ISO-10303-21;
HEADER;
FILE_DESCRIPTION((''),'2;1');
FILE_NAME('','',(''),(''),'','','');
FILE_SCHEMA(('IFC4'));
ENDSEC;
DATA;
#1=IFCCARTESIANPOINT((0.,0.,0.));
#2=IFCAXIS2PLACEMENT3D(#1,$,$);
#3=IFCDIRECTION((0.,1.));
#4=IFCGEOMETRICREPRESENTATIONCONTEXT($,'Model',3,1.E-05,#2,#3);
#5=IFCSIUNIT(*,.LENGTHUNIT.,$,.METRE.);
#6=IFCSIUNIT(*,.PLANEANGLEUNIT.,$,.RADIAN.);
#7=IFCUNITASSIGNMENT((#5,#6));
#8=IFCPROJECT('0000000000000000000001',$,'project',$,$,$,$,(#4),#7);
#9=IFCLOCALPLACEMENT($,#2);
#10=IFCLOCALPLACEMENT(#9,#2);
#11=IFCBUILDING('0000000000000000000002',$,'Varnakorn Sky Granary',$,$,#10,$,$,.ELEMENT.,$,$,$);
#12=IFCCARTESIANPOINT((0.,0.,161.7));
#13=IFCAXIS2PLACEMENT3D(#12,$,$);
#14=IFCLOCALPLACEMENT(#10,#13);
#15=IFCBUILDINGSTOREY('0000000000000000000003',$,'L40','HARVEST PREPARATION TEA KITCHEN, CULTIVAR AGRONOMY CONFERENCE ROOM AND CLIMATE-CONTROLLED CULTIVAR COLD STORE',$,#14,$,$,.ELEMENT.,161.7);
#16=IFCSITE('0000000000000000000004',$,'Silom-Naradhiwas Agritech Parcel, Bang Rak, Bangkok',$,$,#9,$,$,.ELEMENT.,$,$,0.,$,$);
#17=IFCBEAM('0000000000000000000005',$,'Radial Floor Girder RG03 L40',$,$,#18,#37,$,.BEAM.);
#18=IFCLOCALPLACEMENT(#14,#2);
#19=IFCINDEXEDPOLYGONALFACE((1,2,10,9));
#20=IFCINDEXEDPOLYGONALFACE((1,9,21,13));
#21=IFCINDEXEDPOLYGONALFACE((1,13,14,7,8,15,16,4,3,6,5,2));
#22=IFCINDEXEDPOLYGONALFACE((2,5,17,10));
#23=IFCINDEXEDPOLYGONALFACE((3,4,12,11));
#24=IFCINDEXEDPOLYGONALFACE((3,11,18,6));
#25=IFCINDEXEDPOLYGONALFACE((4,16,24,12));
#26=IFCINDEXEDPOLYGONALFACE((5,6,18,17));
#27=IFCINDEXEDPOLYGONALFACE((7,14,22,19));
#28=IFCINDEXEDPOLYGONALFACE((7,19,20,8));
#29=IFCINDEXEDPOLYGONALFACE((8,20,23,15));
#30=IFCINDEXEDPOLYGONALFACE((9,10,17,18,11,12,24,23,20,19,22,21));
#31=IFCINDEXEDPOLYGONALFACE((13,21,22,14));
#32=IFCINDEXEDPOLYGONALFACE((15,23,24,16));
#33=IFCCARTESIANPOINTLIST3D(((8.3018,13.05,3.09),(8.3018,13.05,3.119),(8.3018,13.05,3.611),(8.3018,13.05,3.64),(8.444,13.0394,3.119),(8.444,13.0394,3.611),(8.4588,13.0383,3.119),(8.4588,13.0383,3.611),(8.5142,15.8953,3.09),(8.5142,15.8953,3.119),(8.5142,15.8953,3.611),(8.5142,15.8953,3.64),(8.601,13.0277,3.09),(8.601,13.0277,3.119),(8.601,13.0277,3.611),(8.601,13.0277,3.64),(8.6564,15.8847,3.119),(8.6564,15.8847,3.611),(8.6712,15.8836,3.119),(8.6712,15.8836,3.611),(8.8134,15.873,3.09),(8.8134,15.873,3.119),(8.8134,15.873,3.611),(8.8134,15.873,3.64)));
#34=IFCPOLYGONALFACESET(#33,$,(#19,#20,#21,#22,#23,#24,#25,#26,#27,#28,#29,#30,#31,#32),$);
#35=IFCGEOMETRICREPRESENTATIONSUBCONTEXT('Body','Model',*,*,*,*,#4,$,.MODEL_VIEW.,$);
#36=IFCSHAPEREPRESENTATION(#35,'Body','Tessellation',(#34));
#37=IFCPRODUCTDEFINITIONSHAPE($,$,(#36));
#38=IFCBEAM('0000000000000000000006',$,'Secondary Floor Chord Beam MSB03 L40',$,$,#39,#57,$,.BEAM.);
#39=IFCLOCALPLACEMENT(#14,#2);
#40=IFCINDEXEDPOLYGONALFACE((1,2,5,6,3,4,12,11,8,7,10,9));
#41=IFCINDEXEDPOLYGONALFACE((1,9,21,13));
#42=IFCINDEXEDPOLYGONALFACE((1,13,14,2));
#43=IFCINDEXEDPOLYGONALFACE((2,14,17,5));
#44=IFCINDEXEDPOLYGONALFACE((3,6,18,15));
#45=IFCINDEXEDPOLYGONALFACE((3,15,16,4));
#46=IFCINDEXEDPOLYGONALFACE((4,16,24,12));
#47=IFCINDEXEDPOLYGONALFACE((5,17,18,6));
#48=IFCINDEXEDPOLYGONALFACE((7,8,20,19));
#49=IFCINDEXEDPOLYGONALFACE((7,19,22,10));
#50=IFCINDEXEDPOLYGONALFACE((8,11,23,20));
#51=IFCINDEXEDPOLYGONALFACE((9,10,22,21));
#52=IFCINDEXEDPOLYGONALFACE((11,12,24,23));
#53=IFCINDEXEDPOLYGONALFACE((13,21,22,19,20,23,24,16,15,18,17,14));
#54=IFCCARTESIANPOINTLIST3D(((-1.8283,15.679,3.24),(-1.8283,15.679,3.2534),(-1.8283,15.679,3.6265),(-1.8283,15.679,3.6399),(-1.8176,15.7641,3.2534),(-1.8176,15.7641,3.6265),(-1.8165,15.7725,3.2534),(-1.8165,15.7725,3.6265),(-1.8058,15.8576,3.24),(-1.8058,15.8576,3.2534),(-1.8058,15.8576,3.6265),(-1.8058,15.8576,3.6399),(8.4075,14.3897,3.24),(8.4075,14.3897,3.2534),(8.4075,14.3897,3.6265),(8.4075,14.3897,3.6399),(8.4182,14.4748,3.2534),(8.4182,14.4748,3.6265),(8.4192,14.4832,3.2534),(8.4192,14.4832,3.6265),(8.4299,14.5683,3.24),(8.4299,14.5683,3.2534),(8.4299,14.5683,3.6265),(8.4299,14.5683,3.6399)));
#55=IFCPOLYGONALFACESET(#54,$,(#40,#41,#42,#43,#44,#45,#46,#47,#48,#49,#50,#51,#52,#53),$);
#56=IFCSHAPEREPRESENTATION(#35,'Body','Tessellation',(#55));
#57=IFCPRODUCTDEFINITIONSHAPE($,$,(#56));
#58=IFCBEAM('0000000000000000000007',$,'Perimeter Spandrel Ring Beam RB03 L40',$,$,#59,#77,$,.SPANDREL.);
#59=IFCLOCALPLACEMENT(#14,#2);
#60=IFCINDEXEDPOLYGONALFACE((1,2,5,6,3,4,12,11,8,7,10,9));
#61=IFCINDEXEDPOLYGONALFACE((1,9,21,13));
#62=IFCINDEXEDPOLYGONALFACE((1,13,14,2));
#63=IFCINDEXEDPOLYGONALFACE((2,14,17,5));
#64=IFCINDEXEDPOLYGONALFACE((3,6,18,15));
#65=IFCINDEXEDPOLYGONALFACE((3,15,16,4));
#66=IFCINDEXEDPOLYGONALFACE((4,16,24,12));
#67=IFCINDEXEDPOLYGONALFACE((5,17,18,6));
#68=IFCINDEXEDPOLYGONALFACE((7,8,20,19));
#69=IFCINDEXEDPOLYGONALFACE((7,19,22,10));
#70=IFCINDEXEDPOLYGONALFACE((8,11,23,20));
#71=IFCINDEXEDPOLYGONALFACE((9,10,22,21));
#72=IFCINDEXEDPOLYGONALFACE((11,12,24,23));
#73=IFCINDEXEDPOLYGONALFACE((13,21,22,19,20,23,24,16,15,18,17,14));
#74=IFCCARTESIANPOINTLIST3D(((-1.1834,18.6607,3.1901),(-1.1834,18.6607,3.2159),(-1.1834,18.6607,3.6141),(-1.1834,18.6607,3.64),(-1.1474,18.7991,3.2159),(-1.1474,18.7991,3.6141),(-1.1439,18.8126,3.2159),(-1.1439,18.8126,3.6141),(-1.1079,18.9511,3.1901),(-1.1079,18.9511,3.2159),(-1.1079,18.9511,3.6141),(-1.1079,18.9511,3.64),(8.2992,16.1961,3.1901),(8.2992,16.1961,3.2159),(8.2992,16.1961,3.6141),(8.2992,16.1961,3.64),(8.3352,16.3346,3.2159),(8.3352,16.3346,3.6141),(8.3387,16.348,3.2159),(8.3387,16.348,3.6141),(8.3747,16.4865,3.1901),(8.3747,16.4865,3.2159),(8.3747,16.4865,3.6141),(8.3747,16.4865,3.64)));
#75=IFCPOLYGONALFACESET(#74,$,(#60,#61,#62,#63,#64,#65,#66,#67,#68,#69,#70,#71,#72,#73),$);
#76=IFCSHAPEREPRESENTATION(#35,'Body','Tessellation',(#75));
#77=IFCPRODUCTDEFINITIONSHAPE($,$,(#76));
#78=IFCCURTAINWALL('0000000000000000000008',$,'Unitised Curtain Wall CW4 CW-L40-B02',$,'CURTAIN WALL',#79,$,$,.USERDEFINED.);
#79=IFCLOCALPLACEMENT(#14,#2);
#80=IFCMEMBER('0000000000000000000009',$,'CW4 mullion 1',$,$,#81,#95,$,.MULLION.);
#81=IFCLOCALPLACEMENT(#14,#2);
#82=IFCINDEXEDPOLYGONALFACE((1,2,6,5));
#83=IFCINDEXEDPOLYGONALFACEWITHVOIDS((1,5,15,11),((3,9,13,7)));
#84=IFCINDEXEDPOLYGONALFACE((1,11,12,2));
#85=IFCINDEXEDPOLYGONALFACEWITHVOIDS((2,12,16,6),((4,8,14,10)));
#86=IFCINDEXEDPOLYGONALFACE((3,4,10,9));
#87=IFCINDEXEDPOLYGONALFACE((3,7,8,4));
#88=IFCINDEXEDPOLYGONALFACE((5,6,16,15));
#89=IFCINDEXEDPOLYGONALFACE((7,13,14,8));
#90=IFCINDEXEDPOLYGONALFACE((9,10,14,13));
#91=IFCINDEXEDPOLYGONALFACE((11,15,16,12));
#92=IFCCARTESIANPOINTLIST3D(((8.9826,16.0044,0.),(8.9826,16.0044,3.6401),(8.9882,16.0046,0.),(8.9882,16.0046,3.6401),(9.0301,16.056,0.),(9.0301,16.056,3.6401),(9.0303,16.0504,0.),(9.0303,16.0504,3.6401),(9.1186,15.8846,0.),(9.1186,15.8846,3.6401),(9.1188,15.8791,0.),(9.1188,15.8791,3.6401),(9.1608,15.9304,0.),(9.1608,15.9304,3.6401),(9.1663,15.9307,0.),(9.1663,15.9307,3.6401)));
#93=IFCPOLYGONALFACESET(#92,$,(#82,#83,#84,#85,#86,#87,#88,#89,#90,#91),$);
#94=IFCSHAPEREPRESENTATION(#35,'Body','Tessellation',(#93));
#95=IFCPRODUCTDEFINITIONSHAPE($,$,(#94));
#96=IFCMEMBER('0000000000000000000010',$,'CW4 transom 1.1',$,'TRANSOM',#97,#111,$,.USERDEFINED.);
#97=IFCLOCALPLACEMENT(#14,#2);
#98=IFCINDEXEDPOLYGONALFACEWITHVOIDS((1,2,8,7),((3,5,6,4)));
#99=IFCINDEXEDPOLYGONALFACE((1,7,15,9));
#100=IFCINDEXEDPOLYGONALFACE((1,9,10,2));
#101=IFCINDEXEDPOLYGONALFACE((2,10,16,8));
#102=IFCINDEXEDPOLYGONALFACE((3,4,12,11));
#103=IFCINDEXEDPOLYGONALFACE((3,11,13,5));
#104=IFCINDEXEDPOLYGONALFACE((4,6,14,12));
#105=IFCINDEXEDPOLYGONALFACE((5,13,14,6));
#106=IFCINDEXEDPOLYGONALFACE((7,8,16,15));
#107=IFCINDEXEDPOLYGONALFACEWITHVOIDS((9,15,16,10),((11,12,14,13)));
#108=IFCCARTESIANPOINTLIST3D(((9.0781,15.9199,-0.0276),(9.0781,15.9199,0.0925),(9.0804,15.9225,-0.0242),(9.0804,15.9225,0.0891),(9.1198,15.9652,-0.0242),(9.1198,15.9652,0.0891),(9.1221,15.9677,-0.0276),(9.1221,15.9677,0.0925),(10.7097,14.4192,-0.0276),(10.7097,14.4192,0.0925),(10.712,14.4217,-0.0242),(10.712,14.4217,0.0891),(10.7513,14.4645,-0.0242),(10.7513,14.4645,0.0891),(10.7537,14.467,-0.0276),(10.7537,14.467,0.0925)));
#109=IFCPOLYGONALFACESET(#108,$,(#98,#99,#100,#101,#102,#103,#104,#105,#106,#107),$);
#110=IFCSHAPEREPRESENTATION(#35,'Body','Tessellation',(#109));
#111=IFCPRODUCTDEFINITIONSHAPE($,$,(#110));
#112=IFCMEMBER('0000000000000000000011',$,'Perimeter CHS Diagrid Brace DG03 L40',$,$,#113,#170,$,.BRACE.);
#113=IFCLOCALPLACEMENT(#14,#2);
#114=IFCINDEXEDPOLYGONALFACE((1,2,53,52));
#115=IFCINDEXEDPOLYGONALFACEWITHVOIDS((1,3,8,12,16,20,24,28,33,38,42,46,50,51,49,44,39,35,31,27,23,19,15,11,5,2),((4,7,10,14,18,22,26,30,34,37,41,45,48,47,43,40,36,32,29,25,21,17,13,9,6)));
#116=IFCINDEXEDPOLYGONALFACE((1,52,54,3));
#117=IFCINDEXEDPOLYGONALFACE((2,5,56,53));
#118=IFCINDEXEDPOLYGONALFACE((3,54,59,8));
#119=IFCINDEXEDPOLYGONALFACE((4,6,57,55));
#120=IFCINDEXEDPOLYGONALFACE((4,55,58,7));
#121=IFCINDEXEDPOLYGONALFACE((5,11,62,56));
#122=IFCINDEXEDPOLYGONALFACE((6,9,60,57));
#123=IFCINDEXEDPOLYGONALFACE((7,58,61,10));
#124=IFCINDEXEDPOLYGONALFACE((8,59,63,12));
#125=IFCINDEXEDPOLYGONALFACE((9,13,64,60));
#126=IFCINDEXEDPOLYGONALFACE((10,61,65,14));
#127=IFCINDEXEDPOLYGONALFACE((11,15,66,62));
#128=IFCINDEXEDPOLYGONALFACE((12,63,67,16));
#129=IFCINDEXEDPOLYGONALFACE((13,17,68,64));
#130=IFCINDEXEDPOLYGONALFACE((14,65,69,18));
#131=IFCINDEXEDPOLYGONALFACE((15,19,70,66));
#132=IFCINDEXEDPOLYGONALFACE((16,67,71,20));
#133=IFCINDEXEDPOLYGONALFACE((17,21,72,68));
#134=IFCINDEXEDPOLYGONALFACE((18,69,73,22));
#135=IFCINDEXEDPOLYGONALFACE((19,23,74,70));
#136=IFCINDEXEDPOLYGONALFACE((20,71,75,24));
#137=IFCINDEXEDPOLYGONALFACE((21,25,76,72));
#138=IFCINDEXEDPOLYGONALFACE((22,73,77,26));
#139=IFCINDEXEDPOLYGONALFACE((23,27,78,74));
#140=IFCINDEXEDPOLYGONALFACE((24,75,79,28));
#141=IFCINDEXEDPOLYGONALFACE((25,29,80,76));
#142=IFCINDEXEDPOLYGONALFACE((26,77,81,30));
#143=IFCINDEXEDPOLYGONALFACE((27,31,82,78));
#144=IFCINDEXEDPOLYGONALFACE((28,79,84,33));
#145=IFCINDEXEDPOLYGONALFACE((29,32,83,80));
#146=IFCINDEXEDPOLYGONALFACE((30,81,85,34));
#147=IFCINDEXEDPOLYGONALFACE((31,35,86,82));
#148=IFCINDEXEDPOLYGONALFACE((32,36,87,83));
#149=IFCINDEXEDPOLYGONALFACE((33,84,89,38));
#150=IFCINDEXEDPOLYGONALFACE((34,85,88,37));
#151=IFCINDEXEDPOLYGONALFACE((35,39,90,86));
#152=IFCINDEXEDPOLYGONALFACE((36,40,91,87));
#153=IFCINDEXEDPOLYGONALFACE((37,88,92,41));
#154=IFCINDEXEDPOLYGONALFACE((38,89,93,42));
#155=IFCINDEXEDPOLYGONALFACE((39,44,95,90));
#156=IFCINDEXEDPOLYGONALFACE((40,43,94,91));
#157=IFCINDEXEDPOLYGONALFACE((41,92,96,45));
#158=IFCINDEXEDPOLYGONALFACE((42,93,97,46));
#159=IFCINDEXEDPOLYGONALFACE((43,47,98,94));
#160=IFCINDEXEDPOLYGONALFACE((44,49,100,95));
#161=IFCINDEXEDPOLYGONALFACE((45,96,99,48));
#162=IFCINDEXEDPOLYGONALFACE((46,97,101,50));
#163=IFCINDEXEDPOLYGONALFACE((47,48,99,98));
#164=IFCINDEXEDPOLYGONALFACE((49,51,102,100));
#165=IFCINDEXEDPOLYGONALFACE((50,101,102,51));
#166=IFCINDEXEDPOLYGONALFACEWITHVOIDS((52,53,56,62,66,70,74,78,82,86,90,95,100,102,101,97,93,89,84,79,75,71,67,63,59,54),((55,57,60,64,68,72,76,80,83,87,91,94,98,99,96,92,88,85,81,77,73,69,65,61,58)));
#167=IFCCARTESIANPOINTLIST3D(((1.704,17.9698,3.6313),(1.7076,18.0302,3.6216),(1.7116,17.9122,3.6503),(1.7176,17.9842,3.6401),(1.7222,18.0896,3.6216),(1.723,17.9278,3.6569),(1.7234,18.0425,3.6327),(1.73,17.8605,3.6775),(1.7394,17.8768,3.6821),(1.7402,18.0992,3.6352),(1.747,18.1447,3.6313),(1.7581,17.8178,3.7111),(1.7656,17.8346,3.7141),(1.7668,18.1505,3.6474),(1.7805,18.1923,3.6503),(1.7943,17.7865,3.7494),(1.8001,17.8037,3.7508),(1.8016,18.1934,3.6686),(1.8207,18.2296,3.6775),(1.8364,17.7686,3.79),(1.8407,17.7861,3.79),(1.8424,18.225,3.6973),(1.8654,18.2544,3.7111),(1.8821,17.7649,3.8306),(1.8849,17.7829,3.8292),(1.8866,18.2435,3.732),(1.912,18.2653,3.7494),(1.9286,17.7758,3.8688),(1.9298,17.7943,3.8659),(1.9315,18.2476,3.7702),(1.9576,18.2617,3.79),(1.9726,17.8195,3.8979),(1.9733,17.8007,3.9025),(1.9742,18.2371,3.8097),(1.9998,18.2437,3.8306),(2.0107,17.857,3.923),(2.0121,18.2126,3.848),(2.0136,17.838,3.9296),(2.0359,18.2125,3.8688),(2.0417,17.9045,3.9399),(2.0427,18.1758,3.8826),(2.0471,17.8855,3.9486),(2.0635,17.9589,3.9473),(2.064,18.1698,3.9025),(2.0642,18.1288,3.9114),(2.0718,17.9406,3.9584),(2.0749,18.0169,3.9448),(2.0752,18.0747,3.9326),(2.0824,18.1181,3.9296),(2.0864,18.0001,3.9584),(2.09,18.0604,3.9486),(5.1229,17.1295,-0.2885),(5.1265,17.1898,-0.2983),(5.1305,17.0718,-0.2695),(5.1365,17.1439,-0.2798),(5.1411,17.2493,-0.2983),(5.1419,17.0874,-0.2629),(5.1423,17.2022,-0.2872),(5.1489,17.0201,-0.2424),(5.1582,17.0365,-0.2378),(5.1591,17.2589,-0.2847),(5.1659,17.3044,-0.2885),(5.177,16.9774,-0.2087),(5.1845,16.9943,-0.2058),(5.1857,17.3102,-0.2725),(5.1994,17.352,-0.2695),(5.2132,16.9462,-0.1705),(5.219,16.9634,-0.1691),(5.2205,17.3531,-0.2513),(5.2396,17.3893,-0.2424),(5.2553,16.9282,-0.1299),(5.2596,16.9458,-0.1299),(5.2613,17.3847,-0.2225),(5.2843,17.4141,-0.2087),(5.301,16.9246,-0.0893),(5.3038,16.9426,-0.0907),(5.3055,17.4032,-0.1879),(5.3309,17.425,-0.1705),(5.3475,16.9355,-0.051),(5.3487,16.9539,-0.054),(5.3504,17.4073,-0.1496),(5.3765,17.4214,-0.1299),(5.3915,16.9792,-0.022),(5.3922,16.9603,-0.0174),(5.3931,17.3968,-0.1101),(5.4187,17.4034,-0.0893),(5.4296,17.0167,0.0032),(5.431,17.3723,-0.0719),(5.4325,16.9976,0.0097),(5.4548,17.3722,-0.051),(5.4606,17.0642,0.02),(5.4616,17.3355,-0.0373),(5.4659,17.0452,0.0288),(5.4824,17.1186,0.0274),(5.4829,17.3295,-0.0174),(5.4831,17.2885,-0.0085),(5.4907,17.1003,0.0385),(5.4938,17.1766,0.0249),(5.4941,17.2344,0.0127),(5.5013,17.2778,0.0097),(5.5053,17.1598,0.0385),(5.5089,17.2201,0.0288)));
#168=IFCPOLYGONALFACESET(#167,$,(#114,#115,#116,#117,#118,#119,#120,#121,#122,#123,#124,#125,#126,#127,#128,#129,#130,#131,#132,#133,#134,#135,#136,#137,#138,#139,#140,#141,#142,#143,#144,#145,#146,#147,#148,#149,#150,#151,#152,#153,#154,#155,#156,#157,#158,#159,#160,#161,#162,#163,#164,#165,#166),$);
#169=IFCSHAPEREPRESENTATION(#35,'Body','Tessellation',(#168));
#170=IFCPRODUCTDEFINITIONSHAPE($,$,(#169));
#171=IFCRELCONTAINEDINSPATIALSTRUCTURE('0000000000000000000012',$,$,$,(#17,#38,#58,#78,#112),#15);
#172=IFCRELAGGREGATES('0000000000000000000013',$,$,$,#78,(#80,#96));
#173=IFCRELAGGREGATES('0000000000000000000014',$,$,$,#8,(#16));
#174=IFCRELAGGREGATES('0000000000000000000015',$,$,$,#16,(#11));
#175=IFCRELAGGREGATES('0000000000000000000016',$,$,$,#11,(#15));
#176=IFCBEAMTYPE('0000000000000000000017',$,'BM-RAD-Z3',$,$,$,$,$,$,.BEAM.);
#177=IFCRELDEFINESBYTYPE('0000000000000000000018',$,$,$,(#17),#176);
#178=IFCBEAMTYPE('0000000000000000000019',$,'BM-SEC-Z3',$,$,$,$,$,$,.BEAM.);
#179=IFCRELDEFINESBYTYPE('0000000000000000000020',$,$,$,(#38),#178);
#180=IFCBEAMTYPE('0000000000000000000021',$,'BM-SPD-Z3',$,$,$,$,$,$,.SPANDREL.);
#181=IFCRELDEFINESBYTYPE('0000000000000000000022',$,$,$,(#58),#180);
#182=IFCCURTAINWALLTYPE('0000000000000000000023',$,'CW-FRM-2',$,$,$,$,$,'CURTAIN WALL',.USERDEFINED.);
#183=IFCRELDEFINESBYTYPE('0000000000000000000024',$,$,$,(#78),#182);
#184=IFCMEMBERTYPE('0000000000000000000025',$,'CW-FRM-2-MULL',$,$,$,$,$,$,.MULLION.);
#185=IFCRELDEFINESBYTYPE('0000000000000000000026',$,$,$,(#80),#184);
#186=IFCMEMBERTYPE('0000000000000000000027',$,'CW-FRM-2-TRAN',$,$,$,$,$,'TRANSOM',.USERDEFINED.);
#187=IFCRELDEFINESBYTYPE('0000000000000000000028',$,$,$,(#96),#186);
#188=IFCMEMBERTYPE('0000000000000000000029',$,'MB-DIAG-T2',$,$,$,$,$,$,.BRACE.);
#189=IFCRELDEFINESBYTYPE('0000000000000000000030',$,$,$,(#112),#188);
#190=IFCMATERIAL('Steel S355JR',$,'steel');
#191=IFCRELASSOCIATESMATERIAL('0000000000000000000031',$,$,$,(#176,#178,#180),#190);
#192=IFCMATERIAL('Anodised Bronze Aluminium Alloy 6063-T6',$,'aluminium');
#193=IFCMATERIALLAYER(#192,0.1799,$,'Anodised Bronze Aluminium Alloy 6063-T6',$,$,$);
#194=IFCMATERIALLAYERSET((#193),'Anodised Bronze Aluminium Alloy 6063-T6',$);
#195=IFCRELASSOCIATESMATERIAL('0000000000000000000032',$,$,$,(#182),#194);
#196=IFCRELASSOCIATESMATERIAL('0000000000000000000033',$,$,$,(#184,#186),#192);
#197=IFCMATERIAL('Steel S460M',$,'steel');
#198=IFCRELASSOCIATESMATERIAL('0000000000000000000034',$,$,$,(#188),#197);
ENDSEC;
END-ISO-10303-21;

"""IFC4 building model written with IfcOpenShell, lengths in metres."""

from ifc_helpers import new_model, si_unit, direction, frame, origin, origin_2d, place, context, subcontext, project, spatial, hollow_rectangle, hollow_circle, i_section, extrude, material, layer, layer_set, material_profile, profile_set, type_object, element, aggregate, save


model = new_model("IFC4")

# Units and contexts
model_context = context("Model", 3, precision=1e-05, world=origin(), true_north=direction((0.0, 1.0)))
body_context = subcontext(model_context, "Body", "Model", "MODEL_VIEW")
ifc_project = project(units=[si_unit("LENGTHUNIT", "METRE"), si_unit("PLANEANGLEUNIT", "RADIAN")], contexts=[model_context])

# Site, building, storey
site_placement = place(None, origin())
site = spatial("IfcSite", under=ifc_project, at=site_placement, Name="Silom-Naradhiwas Agritech Parcel, Bang Rak, Bangkok", CompositionType="ELEMENT", RefElevation=0.0)
building_placement = place(site_placement, origin())
building = spatial("IfcBuilding", under=site, at=building_placement, Name="Varnakorn Sky Granary", CompositionType="ELEMENT")
storey_placement = place(building_placement, frame((0.0, 0.0, 161.7)))
storey = spatial("IfcBuildingStorey", under=building, at=storey_placement, Name="L40", Description="HARVEST PREPARATION TEA KITCHEN, CULTIVAR AGRONOMY CONFERENCE ROOM AND CLIMATE-CONTROLLED CULTIVAR COLD STORE", CompositionType="ELEMENT", Elevation=161.7)

# Shared definitions
ifc_material_1 = material(Name="Steel S460M", Category="steel")

# Beams
ifc_material_2 = material(Name="Steel S355JR", Category="steel")
ifc_material_profile_1 = material_profile(ifc_material_2, i_section(OverallWidth=0.3, OverallDepth=0.55, WebThickness=0.0149, FlangeThickness=0.0291, at=origin_2d()), Name="HE 550 B")
ifc_profile_set_1 = profile_set([ifc_material_profile_1], Name="Steel S355JR")
beam_type_1 = type_object("IfcBeamType", Name="BM-RAD-Z3", PredefinedType="BEAM", material=ifc_profile_set_1)
beam_1_placement = place(storey_placement, frame((8.4514, 13.0388, 3.365), z_axis=(0.074439, 0.997226, 0.0), x_axis=(-0.997226, 0.074439, 0.0)))
element("IfcBeam", 1, at=beam_1_placement, inside=storey, type_object=beam_type_1, Name="Radial Floor Girder RG03 L40", PredefinedType="BEAM", context=body_context, shape_type="SweptSolid", body=[
    extrude(i_section(OverallWidth=0.3, OverallDepth=0.55, WebThickness=0.0149, FlangeThickness=0.0291, at=origin_2d()), origin(), (0.0, 0.0, 1.0), 2.8533),
])
ifc_material_profile_2 = material_profile(ifc_material_2, i_section(OverallWidth=0.1799, OverallDepth=0.3999, WebThickness=0.0085, FlangeThickness=0.0134, at=origin_2d()), Name="IPE 400")
ifc_profile_set_2 = profile_set([ifc_material_profile_2], Name="Steel S355JR")
beam_type_2 = type_object("IfcBeamType", Name="BM-SEC-Z3", PredefinedType="BEAM", material=ifc_profile_set_2)
beam_2_placement = place(storey_placement, frame((8.4187, 14.479, 3.4399), z_axis=(-0.99216, 0.124973, 0.0), x_axis=(-0.124973, -0.99216, 0.0)))
element("IfcBeam", 2, at=beam_2_placement, inside=storey, type_object=beam_type_2, Name="Secondary Floor Chord Beam MSB03 L40", PredefinedType="BEAM", context=body_context, shape_type="SweptSolid", body=[
    extrude(i_section(OverallWidth=0.1799, OverallDepth=0.3999, WebThickness=0.0085, FlangeThickness=0.0134, at=origin_2d()), origin(), (0.0, 0.0, 1.0), 10.3167),
])
ifc_material_profile_3 = material_profile(ifc_material_2, i_section(OverallWidth=0.3, OverallDepth=0.45, WebThickness=0.0139, FlangeThickness=0.0259, at=origin_2d()), Name="HE 450 B")
ifc_profile_set_3 = profile_set([ifc_material_profile_3], Name="Steel S355JR")
beam_type_3 = type_object("IfcBeamType", Name="BM-SPD-Z3", PredefinedType="SPANDREL", material=ifc_profile_set_3)
beam_3_placement = place(storey_placement, frame((8.3369, 16.3413, 3.415), z_axis=(-0.967845, 0.251548, 0.0), x_axis=(-0.251548, -0.967845, 0.0)))
element("IfcBeam", 3, at=beam_3_placement, inside=storey, type_object=beam_type_3, Name="Perimeter Spandrel Ring Beam RB03 L40", PredefinedType="SPANDREL", context=body_context, shape_type="SweptSolid", body=[
    extrude(i_section(OverallWidth=0.3, OverallDepth=0.45, WebThickness=0.0139, FlangeThickness=0.0259, at=origin_2d()), origin(), (0.0, 0.0, 1.0), 9.7976),
])

# Curtain wall, members
ifc_material_3 = material(Name="Anodised Bronze Aluminium Alloy 6063-T6", Category="aluminium")
ifc_layer_1 = layer(ifc_material_3, 0.1799, Name="Anodised Bronze Aluminium Alloy 6063-T6")
ifc_layer_set_1 = layer_set([ifc_layer_1], Name="Anodised Bronze Aluminium Alloy 6063-T6")
curtain_wall_type = type_object("IfcCurtainWallType", Name="CW-FRM-2", ElementType="CURTAIN WALL", PredefinedType="USERDEFINED", material=ifc_layer_set_1)
curtain_wall_placement = place(storey_placement, origin())
curtain_wall = element("IfcCurtainWall", 4, at=curtain_wall_placement, inside=storey, type_object=curtain_wall_type, Name="Unitised Curtain Wall CW4 CW-L40-B02", ObjectType="CURTAIN WALL", PredefinedType="USERDEFINED")
ifc_material_profile_4 = material_profile(ifc_material_3, hollow_rectangle(XDim=0.0701, YDim=0.1851, WallThickness=0.0039, at=origin_2d()), Name="ALU MULL 70x185")
ifc_profile_set_4 = profile_set([ifc_material_profile_4], Name="Anodised Bronze Aluminium Alloy 6063-T6")
member_type_1 = type_object("IfcMemberType", Name="CW-FRM-2-MULL", PredefinedType="MULLION", material=ifc_profile_set_4)
member_1_placement = place(storey_placement, frame((9.0745, 15.9675, 0.0), z_axis=(0.0, 0.0, 1.0), x_axis=(0.677011, 0.735973, 0.0)))
member_1 = element("IfcMember", 5, at=member_1_placement, type_object=member_type_1, Name="CW4 mullion 1", PredefinedType="MULLION", context=body_context, shape_type="SweptSolid", body=[
    extrude(hollow_rectangle(XDim=0.0701, YDim=0.1851, WallThickness=0.0039, at=origin_2d()), origin(), (0.0, 0.0, 1.0), 3.6401),
])
ifc_material_profile_5 = material_profile(ifc_material_3, hollow_rectangle(XDim=0.0649, YDim=0.1201, WallThickness=0.0034, at=origin_2d()), Name="ALU TRAN 65x120")
ifc_profile_set_5 = profile_set([ifc_material_profile_5], Name="Anodised Bronze Aluminium Alloy 6063-T6")
member_type_2 = type_object("IfcMemberType", Name="CW-FRM-2-TRAN", ElementType="TRANSOM", PredefinedType="USERDEFINED", material=ifc_profile_set_5)
member_2_placement = place(storey_placement, frame((9.1001, 15.9438, 0.0325), z_axis=(0.736006, -0.676975, 0.0), x_axis=(0.676975, 0.736006, 0.0)))
member_2 = element("IfcMember", 6, at=member_2_placement, type_object=member_type_2, Name="CW4 transom 1.1", ObjectType="TRANSOM", PredefinedType="USERDEFINED", context=body_context, shape_type="SweptSolid", body=[
    extrude(hollow_rectangle(XDim=0.0649, YDim=0.1201, WallThickness=0.0034, at=origin_2d()), origin(), (0.0, 0.0, 1.0), 2.2168),
])
aggregate(curtain_wall, [member_1, member_2])

# Member
ifc_material_profile_6 = material_profile(ifc_material_1, hollow_circle(Radius=0.2539, WallThickness=0.0181, at=origin_2d()), Name="CHS 508x18")
ifc_profile_set_6 = profile_set([ifc_material_profile_6], Name="Steel S460M")
member_type_3 = type_object("IfcMemberType", Name="MB-DIAG-T2", PredefinedType="BRACE", material=ifc_profile_set_6)
member_3_placement = place(storey_placement, frame((5.3159, 17.1748, -0.1299), z_axis=(-0.648894, 0.15949, 0.743976), x_axis=(-0.238683, -0.971098, 0.0)))
element("IfcMember", 7, at=member_3_placement, inside=storey, type_object=member_type_3, Name="Perimeter CHS Diagrid Brace DG03 L40", PredefinedType="BRACE", context=body_context, shape_type="SweptSolid", body=[
    extrude(hollow_circle(Radius=0.2539, WallThickness=0.0181, at=origin_2d()), origin(), (0.0, 0.0, 1.0), 5.2688),
])

save(model, "model.ifc")
